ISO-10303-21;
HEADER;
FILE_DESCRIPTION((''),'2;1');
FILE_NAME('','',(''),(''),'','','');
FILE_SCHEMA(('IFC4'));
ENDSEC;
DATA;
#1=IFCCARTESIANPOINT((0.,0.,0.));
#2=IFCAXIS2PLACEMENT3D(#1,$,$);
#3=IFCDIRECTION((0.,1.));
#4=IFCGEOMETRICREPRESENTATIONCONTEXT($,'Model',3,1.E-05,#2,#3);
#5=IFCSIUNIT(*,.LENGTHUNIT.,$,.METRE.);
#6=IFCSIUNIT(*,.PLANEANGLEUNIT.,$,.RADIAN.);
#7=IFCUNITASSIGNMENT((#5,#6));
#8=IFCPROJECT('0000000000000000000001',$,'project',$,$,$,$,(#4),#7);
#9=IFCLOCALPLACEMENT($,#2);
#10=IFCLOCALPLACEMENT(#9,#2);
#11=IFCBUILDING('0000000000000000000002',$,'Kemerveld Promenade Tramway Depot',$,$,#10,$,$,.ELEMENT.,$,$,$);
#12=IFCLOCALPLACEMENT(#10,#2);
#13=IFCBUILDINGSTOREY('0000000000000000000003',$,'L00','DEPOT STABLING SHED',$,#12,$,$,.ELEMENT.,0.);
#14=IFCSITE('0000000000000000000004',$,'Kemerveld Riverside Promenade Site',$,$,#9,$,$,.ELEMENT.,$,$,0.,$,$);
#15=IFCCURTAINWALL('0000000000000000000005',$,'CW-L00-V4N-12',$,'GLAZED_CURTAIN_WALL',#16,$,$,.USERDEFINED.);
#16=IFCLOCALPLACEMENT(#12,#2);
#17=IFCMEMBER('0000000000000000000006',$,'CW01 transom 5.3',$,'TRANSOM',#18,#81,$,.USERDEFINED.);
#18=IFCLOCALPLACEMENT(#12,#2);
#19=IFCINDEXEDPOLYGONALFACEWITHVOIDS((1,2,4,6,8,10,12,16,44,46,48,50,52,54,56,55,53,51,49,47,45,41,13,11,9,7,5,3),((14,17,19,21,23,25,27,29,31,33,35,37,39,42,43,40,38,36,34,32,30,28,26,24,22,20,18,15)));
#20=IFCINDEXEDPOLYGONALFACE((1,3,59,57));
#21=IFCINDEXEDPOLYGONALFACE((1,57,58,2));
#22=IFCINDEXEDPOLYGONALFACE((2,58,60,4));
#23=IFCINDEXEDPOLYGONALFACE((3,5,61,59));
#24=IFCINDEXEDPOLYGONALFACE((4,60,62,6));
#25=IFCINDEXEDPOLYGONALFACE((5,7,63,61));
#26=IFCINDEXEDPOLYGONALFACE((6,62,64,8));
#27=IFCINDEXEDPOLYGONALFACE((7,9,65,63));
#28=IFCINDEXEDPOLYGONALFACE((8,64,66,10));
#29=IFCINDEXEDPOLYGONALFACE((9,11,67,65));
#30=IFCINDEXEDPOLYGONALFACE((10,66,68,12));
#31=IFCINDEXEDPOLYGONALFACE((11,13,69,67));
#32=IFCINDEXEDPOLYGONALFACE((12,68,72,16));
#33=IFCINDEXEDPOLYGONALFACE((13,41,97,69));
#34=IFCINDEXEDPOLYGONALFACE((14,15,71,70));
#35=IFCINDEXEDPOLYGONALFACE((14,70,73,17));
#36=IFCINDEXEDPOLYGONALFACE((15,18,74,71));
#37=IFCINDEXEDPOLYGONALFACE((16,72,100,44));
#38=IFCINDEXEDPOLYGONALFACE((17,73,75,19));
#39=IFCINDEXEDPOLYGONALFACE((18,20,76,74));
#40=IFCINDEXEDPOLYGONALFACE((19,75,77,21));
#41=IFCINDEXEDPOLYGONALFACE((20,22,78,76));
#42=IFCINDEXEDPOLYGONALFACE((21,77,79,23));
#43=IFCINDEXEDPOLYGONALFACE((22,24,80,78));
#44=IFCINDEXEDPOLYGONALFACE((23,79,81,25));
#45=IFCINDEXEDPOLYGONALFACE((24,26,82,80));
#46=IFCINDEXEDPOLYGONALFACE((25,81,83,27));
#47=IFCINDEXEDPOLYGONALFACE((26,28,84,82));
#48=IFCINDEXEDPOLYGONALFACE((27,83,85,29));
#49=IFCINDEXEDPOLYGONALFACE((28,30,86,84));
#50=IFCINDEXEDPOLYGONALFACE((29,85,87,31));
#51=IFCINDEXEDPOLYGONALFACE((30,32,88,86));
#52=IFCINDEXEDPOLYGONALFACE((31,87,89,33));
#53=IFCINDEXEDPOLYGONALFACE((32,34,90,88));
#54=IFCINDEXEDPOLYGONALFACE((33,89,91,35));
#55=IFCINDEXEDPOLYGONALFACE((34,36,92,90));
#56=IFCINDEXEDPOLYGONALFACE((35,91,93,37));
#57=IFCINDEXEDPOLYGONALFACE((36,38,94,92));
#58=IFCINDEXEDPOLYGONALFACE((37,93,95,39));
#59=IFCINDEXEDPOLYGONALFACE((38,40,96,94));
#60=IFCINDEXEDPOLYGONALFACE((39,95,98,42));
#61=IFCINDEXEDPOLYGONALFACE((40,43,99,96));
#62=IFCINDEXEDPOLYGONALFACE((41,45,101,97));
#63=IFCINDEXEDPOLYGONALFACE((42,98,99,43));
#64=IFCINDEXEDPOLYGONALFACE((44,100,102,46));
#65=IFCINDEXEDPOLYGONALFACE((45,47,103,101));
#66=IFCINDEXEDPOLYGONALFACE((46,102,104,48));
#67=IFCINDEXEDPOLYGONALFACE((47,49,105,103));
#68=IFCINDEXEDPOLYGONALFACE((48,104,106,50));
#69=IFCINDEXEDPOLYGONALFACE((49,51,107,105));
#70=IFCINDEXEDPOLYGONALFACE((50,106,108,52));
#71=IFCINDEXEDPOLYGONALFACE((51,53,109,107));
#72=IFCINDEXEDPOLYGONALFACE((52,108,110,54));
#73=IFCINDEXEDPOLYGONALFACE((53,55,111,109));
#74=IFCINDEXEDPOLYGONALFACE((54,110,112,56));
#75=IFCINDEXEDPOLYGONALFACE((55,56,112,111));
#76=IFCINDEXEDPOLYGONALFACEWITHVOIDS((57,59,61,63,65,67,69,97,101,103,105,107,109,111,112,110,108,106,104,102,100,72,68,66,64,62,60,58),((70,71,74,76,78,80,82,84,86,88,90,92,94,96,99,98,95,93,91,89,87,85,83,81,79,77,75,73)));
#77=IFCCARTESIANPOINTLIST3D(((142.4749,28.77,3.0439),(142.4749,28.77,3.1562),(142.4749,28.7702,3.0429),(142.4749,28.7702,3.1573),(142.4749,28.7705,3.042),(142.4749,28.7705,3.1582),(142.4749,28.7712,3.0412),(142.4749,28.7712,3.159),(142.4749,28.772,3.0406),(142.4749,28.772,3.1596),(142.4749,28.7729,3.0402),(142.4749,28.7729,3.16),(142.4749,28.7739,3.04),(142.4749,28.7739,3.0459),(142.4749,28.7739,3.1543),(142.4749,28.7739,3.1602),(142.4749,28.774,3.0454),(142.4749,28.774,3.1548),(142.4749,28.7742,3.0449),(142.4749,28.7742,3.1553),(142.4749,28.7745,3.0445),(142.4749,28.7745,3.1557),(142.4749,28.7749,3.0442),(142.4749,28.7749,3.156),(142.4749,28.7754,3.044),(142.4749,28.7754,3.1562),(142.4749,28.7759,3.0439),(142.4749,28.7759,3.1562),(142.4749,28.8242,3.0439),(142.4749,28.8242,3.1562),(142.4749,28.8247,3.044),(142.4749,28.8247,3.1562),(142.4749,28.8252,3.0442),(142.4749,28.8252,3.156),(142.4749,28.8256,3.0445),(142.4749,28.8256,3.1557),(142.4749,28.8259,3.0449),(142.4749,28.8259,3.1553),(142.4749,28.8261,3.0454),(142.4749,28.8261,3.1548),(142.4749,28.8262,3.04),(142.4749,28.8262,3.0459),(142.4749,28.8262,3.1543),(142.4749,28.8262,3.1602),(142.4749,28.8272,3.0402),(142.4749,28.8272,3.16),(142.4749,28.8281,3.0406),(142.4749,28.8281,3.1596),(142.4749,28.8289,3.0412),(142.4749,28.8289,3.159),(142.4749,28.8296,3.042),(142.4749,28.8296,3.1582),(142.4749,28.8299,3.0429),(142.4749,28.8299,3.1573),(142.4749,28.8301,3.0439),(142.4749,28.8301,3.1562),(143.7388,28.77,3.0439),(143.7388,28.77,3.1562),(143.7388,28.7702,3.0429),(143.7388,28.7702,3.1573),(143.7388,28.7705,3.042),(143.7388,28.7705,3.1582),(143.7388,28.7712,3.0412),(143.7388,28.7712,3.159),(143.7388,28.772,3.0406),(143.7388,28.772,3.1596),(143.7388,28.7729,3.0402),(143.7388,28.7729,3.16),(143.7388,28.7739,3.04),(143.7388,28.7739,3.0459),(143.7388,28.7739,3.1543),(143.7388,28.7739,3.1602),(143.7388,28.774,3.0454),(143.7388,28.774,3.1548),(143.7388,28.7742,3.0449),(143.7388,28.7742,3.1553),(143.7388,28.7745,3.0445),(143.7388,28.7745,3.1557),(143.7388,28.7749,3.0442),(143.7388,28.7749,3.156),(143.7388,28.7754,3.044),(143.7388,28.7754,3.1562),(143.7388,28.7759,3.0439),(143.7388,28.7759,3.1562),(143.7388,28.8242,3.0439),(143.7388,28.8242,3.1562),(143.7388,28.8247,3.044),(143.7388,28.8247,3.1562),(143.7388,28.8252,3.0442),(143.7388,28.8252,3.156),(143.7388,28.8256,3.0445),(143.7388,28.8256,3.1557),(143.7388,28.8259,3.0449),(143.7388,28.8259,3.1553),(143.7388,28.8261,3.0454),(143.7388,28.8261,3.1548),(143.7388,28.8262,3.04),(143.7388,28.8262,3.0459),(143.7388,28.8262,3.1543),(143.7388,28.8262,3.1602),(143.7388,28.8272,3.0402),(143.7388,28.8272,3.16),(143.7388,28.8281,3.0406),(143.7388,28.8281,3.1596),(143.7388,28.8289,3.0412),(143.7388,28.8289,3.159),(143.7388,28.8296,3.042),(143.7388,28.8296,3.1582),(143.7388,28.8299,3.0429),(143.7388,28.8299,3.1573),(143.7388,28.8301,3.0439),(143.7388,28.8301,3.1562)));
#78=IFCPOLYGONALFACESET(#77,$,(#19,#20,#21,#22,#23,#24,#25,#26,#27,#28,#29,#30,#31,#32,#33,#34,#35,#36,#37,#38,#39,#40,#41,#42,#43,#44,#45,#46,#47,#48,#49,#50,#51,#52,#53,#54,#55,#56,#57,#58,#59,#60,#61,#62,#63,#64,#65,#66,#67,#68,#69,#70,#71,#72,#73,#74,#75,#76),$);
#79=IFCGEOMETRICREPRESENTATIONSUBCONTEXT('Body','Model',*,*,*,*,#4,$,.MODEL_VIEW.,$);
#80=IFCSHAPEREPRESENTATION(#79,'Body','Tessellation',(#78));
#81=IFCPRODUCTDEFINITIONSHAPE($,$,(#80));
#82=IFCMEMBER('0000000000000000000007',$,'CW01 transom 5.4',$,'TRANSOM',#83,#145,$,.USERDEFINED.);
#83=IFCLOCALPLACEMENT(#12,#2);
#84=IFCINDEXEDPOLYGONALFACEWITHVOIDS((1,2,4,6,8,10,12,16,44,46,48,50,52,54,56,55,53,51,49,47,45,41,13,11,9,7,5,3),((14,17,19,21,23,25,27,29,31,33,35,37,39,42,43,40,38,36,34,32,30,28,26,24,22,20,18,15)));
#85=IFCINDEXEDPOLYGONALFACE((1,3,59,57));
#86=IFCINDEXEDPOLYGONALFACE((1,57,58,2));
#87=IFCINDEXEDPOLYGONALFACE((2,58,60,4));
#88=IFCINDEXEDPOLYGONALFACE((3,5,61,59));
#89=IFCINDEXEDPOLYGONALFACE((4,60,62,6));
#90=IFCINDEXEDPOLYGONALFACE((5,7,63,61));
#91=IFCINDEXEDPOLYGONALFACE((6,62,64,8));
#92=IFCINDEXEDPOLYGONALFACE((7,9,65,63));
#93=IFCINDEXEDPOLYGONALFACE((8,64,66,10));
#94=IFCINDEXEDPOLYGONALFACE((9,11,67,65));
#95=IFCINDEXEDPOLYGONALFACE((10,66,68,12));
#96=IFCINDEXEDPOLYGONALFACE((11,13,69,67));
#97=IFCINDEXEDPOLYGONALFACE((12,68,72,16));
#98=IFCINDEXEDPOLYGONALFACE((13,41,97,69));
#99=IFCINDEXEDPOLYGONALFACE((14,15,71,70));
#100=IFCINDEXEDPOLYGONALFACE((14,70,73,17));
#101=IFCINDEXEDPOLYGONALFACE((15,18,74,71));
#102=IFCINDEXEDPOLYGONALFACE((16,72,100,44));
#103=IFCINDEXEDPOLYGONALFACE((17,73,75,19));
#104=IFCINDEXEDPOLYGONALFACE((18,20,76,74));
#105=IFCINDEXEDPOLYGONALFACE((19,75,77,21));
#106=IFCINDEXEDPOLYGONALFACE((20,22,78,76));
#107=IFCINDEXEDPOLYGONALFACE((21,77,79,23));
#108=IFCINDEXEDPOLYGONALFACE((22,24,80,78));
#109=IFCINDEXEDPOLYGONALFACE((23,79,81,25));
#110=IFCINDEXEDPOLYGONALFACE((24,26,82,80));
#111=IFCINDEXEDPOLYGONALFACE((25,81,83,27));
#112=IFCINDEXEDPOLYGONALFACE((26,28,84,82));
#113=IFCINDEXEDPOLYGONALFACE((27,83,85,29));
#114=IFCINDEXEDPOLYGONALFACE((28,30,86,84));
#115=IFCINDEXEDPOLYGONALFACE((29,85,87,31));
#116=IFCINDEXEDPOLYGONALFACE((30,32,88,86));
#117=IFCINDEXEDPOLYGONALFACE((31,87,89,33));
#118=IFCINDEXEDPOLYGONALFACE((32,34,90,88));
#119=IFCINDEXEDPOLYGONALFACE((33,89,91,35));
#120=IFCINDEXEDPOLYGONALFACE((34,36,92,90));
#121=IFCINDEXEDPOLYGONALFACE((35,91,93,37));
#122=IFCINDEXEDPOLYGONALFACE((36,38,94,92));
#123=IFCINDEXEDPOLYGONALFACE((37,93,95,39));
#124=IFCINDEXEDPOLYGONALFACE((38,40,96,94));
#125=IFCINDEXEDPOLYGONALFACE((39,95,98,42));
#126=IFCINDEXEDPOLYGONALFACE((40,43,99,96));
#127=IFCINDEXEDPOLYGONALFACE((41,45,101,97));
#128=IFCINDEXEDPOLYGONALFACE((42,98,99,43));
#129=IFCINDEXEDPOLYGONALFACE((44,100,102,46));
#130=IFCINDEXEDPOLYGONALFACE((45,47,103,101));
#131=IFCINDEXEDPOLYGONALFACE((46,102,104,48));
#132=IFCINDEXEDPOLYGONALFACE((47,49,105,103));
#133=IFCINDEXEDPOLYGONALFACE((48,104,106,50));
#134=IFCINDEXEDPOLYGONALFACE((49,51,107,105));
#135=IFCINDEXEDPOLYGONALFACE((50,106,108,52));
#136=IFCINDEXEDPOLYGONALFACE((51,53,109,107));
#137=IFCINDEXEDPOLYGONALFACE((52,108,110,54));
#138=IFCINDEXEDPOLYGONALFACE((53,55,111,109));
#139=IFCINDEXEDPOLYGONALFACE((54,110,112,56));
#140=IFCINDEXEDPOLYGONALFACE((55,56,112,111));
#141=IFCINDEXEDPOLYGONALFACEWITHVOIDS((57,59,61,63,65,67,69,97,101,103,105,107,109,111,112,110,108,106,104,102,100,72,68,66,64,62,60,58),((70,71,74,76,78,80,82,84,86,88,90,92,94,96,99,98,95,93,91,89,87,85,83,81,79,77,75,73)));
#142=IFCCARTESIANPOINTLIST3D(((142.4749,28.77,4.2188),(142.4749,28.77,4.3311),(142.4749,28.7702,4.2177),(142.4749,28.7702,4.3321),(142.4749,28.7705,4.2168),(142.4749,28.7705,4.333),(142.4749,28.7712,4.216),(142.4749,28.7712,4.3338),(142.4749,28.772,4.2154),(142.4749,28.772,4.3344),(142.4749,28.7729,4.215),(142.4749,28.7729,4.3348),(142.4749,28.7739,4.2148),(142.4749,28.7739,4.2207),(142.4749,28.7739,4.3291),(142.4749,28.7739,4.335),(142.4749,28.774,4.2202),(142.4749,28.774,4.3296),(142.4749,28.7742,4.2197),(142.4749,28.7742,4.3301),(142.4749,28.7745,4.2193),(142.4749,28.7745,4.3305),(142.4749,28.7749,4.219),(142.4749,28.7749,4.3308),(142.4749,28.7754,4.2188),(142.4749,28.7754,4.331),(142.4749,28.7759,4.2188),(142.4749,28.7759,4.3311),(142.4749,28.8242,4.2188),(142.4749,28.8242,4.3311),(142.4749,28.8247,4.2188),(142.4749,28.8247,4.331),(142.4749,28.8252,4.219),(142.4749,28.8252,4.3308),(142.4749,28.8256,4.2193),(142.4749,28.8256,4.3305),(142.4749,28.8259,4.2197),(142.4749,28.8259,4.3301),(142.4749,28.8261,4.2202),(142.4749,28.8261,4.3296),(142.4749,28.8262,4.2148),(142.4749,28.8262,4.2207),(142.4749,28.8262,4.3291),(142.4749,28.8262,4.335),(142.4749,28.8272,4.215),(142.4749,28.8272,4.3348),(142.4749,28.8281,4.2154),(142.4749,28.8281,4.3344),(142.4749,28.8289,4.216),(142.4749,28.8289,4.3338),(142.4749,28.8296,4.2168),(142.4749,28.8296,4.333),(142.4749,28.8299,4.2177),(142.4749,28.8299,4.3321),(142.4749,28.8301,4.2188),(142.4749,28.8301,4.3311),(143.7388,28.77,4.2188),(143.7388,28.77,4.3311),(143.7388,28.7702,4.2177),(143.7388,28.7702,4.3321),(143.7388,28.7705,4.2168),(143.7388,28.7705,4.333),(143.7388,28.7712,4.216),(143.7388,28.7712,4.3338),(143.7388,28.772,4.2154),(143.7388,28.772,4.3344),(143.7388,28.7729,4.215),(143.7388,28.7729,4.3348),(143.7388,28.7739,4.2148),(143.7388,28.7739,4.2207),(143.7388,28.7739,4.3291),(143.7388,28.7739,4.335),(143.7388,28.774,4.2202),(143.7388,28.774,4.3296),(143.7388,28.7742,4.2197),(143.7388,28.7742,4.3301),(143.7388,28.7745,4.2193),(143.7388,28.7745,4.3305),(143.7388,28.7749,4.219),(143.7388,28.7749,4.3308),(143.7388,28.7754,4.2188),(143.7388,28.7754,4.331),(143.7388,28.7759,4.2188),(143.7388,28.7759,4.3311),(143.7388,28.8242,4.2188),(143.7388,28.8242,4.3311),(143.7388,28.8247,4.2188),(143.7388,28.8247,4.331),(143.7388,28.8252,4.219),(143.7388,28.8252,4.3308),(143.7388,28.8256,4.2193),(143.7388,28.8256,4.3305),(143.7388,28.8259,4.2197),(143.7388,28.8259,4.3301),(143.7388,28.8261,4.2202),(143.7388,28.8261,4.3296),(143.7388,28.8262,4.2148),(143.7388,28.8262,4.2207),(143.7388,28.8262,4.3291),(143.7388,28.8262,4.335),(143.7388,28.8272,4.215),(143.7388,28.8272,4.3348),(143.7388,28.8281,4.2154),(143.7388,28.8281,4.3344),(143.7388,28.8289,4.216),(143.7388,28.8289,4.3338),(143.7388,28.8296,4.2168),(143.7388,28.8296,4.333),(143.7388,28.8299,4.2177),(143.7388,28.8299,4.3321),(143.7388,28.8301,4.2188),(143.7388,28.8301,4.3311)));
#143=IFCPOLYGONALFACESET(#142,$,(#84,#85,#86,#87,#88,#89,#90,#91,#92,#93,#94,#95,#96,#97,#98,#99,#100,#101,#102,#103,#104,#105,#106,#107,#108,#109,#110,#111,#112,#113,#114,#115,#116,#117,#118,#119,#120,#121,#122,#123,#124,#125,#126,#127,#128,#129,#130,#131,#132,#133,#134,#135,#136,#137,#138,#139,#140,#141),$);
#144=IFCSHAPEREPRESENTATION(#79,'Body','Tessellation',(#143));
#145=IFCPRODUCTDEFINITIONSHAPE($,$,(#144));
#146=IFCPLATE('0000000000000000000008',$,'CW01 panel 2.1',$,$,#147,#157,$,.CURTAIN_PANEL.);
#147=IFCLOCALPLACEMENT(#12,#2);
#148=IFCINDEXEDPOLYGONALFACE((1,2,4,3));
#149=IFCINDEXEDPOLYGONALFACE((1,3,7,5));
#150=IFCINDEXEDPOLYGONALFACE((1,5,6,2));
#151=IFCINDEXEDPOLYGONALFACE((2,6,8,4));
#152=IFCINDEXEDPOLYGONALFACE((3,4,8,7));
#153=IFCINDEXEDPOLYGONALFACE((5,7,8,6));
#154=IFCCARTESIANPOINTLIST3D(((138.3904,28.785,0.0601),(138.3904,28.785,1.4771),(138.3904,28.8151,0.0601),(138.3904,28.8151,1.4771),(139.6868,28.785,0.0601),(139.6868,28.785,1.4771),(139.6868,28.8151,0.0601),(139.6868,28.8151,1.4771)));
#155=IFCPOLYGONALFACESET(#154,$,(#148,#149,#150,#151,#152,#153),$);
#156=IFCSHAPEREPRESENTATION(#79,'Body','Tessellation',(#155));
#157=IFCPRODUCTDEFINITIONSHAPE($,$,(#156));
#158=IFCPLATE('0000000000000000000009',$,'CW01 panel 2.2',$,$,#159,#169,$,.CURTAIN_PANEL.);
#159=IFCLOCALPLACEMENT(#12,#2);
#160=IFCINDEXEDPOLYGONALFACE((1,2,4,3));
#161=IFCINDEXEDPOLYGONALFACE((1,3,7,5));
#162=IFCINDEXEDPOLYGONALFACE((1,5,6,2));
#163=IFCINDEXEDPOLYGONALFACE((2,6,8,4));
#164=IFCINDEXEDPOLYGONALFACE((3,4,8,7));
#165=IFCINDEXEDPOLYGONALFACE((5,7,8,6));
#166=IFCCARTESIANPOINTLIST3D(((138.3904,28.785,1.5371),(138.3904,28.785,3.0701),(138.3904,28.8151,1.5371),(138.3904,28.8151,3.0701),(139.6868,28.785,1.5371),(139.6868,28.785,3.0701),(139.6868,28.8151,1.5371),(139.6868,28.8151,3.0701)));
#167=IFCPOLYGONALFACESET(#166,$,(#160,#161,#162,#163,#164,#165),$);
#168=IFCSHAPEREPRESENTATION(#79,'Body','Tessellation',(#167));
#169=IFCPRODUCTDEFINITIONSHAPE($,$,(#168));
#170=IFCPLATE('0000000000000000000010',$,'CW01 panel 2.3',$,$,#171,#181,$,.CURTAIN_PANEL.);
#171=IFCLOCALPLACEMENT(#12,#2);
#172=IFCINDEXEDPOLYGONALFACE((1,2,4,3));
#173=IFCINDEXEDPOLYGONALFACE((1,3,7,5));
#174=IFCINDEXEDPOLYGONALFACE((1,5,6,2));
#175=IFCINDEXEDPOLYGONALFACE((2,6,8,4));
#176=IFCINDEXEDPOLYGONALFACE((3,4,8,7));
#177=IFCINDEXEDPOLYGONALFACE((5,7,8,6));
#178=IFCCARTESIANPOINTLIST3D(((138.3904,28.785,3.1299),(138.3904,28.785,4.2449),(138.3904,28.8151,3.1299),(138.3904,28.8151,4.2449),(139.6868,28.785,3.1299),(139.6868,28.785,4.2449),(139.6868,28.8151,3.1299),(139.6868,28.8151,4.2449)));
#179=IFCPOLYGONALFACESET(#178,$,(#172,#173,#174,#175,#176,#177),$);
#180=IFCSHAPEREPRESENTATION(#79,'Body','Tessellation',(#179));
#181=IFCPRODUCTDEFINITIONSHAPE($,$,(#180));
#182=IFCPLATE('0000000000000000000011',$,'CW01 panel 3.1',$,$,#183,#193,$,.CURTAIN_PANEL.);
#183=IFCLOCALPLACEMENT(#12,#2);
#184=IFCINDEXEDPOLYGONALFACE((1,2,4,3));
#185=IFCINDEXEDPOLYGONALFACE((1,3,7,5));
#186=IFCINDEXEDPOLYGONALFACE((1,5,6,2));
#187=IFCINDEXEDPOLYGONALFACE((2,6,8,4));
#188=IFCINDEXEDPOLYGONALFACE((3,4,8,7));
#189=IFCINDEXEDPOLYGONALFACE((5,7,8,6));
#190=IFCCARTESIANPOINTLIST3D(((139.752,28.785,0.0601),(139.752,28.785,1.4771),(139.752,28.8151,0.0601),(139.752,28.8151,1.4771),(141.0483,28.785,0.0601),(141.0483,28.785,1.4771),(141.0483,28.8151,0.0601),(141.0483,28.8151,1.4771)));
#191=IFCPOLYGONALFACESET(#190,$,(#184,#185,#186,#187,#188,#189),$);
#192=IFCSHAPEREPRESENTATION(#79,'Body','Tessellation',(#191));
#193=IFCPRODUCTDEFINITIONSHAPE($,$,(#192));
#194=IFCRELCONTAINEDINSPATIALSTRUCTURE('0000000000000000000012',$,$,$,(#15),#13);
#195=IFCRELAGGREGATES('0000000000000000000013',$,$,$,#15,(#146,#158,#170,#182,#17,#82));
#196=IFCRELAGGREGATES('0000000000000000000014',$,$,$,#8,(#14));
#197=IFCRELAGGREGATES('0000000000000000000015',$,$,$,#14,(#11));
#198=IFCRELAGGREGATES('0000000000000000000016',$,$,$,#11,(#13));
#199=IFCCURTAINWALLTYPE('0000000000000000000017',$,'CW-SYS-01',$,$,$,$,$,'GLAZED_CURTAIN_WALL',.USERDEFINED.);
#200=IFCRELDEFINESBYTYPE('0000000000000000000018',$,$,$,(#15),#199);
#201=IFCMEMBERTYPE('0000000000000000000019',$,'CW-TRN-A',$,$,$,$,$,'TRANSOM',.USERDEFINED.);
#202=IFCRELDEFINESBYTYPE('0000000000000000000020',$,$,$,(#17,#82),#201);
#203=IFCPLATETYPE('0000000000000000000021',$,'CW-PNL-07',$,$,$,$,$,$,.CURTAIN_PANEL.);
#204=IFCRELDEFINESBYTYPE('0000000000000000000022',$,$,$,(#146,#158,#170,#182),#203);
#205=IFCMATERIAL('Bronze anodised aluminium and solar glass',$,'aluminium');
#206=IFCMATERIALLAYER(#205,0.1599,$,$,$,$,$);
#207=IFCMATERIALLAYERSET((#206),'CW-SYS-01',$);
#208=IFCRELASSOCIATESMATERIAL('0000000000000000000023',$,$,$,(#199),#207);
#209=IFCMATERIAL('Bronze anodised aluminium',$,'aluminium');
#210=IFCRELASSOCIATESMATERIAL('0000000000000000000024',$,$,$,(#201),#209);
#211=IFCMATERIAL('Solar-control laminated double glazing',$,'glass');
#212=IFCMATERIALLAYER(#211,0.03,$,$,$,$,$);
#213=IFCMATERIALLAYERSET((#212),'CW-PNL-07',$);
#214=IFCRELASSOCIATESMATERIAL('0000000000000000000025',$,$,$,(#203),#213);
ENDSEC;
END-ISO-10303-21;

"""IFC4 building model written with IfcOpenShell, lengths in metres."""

from ifc_helpers import new_model, si_unit, direction, frame, origin, origin_2d, place, context, subcontext, project, spatial, rectangle, hollow_rectangle, extrude, material, layer, layer_set, material_profile, profile_set, type_object, element, aggregate, save


model = new_model("IFC4")

# Units and contexts
model_context = context("Model", 3, precision=1e-05, world=origin(), true_north=direction((0.0, 1.0)))
body_context = subcontext(model_context, "Body", "Model", "MODEL_VIEW")
ifc_project = project(units=[si_unit("LENGTHUNIT", "METRE"), si_unit("PLANEANGLEUNIT", "RADIAN")], contexts=[model_context])

# Site, building, storey
site_placement = place(None, origin())
site = spatial("IfcSite", under=ifc_project, at=site_placement, Name="Kemerveld Riverside Promenade Site", CompositionType="ELEMENT", RefElevation=0.0)
building_placement = place(site_placement, origin())
building = spatial("IfcBuilding", under=site, at=building_placement, Name="Kemerveld Promenade Tramway Depot", CompositionType="ELEMENT")
storey_placement = place(building_placement, origin())
storey = spatial("IfcBuildingStorey", under=building, at=storey_placement, Name="L00", Description="DEPOT STABLING SHED", CompositionType="ELEMENT", Elevation=0.0)

# Curtain wall, members, plates
ifc_material_1 = material(Name="Bronze anodised aluminium and solar glass", Category="aluminium")
ifc_layer_1 = layer(ifc_material_1, 0.1599)
ifc_layer_set_1 = layer_set([ifc_layer_1], Name="CW-SYS-01")
curtain_wall_type = type_object("IfcCurtainWallType", Name="CW-SYS-01", ElementType="GLAZED_CURTAIN_WALL", PredefinedType="USERDEFINED", material=ifc_layer_set_1)
curtain_wall_placement = place(storey_placement, origin())
curtain_wall = element("IfcCurtainWall", 1, at=curtain_wall_placement, inside=storey, type_object=curtain_wall_type, Name="CW-L00-V4N-12", ObjectType="GLAZED_CURTAIN_WALL", PredefinedType="USERDEFINED")
ifc_material_2 = material(Name="Bronze anodised aluminium", Category="aluminium")
ifc_material_profile_1 = material_profile(ifc_material_2, hollow_rectangle(XDim=0.0601, YDim=0.1201, WallThickness=0.0039, InnerFilletRadius=0.002, OuterFilletRadius=0.0039, at=origin_2d()), Name="CW-TRN-120x60")
ifc_profile_set_1 = profile_set([ifc_material_profile_1], Name="Bronze anodised aluminium")
member_type_1 = type_object("IfcMemberType", Name="CW-TRN-A", ElementType="TRANSOM", PredefinedType="USERDEFINED", material=ifc_profile_set_1)
member_1_placement = place(storey_placement, frame((142.4749, 28.8, 3.1001), z_axis=(1.0, 0.0, 0.0), x_axis=(0.0, 1.0, 0.0)))
member_1 = element("IfcMember", 2, at=member_1_placement, type_object=member_type_1, Name="CW01 transom 5.3", ObjectType="TRANSOM", PredefinedType="USERDEFINED", context=body_context, shape_type="SweptSolid", body=[
    extrude(hollow_rectangle(XDim=0.0601, YDim=0.1201, WallThickness=0.0039, InnerFilletRadius=0.002, OuterFilletRadius=0.0039, at=origin_2d()), origin(), (0.0, 0.0, 1.0), 1.2639),
])
member_2_placement = place(storey_placement, frame((142.4749, 28.8, 4.2749), z_axis=(1.0, 0.0, 0.0), x_axis=(0.0, 1.0, 0.0)))
member_2 = element("IfcMember", 3, at=member_2_placement, type_object=member_type_1, Name="CW01 transom 5.4", ObjectType="TRANSOM", PredefinedType="USERDEFINED", context=body_context, shape_type="SweptSolid", body=[
    extrude(hollow_rectangle(XDim=0.0601, YDim=0.1201, WallThickness=0.0039, InnerFilletRadius=0.002, OuterFilletRadius=0.0039, at=origin_2d()), origin(), (0.0, 0.0, 1.0), 1.2639),
])
ifc_material_3 = material(Name="Solar-control laminated double glazing", Category="glass")
ifc_layer_2 = layer(ifc_material_3, 0.03)
ifc_layer_set_2 = layer_set([ifc_layer_2], Name="CW-PNL-07")
plate_type = type_object("IfcPlateType", Name="CW-PNL-07", PredefinedType="CURTAIN_PANEL", material=ifc_layer_set_2)
plate_1_placement = place(storey_placement, frame((139.0386, 28.8, 0.0601), z_axis=(0.0, 0.0, 1.0), x_axis=(1.0, 0.0, 0.0)))
plate_1 = element("IfcPlate", 4, at=plate_1_placement, type_object=plate_type, Name="CW01 panel 2.1", PredefinedType="CURTAIN_PANEL", context=body_context, shape_type="SweptSolid", body=[
    extrude(rectangle(XDim=1.2964, YDim=0.03, at=origin_2d()), origin(), (0.0, 0.0, 1.0), 1.417),
])
plate_2_placement = place(storey_placement, frame((139.0386, 28.8, 1.5371), z_axis=(0.0, 0.0, 1.0), x_axis=(1.0, 0.0, 0.0)))
plate_2 = element("IfcPlate", 5, at=plate_2_placement, type_object=plate_type, Name="CW01 panel 2.2", PredefinedType="CURTAIN_PANEL", context=body_context, shape_type="SweptSolid", body=[
    extrude(rectangle(XDim=1.2964, YDim=0.03, at=origin_2d()), origin(), (0.0, 0.0, 1.0), 1.533),
])
plate_3_placement = place(storey_placement, frame((139.0386, 28.8, 3.1299), z_axis=(0.0, 0.0, 1.0), x_axis=(1.0, 0.0, 0.0)))
plate_3 = element("IfcPlate", 6, at=plate_3_placement, type_object=plate_type, Name="CW01 panel 2.3", PredefinedType="CURTAIN_PANEL", context=body_context, shape_type="SweptSolid", body=[
    extrude(rectangle(XDim=1.2964, YDim=0.03, at=origin_2d()), origin(), (0.0, 0.0, 1.0), 1.115),
])
plate_4_placement = place(storey_placement, frame((140.4001, 28.8, 0.0601), z_axis=(0.0, 0.0, 1.0), x_axis=(1.0, 0.0, 0.0)))
plate_4 = element("IfcPlate", 7, at=plate_4_placement, type_object=plate_type, Name="CW01 panel 3.1", PredefinedType="CURTAIN_PANEL", context=body_context, shape_type="SweptSolid", body=[
    extrude(rectangle(XDim=1.2964, YDim=0.03, at=origin_2d()), origin(), (0.0, 0.0, 1.0), 1.417),
])
aggregate(curtain_wall, [plate_1, plate_2, plate_3, plate_4, member_1, member_2])

save(model, "model.ifc")
